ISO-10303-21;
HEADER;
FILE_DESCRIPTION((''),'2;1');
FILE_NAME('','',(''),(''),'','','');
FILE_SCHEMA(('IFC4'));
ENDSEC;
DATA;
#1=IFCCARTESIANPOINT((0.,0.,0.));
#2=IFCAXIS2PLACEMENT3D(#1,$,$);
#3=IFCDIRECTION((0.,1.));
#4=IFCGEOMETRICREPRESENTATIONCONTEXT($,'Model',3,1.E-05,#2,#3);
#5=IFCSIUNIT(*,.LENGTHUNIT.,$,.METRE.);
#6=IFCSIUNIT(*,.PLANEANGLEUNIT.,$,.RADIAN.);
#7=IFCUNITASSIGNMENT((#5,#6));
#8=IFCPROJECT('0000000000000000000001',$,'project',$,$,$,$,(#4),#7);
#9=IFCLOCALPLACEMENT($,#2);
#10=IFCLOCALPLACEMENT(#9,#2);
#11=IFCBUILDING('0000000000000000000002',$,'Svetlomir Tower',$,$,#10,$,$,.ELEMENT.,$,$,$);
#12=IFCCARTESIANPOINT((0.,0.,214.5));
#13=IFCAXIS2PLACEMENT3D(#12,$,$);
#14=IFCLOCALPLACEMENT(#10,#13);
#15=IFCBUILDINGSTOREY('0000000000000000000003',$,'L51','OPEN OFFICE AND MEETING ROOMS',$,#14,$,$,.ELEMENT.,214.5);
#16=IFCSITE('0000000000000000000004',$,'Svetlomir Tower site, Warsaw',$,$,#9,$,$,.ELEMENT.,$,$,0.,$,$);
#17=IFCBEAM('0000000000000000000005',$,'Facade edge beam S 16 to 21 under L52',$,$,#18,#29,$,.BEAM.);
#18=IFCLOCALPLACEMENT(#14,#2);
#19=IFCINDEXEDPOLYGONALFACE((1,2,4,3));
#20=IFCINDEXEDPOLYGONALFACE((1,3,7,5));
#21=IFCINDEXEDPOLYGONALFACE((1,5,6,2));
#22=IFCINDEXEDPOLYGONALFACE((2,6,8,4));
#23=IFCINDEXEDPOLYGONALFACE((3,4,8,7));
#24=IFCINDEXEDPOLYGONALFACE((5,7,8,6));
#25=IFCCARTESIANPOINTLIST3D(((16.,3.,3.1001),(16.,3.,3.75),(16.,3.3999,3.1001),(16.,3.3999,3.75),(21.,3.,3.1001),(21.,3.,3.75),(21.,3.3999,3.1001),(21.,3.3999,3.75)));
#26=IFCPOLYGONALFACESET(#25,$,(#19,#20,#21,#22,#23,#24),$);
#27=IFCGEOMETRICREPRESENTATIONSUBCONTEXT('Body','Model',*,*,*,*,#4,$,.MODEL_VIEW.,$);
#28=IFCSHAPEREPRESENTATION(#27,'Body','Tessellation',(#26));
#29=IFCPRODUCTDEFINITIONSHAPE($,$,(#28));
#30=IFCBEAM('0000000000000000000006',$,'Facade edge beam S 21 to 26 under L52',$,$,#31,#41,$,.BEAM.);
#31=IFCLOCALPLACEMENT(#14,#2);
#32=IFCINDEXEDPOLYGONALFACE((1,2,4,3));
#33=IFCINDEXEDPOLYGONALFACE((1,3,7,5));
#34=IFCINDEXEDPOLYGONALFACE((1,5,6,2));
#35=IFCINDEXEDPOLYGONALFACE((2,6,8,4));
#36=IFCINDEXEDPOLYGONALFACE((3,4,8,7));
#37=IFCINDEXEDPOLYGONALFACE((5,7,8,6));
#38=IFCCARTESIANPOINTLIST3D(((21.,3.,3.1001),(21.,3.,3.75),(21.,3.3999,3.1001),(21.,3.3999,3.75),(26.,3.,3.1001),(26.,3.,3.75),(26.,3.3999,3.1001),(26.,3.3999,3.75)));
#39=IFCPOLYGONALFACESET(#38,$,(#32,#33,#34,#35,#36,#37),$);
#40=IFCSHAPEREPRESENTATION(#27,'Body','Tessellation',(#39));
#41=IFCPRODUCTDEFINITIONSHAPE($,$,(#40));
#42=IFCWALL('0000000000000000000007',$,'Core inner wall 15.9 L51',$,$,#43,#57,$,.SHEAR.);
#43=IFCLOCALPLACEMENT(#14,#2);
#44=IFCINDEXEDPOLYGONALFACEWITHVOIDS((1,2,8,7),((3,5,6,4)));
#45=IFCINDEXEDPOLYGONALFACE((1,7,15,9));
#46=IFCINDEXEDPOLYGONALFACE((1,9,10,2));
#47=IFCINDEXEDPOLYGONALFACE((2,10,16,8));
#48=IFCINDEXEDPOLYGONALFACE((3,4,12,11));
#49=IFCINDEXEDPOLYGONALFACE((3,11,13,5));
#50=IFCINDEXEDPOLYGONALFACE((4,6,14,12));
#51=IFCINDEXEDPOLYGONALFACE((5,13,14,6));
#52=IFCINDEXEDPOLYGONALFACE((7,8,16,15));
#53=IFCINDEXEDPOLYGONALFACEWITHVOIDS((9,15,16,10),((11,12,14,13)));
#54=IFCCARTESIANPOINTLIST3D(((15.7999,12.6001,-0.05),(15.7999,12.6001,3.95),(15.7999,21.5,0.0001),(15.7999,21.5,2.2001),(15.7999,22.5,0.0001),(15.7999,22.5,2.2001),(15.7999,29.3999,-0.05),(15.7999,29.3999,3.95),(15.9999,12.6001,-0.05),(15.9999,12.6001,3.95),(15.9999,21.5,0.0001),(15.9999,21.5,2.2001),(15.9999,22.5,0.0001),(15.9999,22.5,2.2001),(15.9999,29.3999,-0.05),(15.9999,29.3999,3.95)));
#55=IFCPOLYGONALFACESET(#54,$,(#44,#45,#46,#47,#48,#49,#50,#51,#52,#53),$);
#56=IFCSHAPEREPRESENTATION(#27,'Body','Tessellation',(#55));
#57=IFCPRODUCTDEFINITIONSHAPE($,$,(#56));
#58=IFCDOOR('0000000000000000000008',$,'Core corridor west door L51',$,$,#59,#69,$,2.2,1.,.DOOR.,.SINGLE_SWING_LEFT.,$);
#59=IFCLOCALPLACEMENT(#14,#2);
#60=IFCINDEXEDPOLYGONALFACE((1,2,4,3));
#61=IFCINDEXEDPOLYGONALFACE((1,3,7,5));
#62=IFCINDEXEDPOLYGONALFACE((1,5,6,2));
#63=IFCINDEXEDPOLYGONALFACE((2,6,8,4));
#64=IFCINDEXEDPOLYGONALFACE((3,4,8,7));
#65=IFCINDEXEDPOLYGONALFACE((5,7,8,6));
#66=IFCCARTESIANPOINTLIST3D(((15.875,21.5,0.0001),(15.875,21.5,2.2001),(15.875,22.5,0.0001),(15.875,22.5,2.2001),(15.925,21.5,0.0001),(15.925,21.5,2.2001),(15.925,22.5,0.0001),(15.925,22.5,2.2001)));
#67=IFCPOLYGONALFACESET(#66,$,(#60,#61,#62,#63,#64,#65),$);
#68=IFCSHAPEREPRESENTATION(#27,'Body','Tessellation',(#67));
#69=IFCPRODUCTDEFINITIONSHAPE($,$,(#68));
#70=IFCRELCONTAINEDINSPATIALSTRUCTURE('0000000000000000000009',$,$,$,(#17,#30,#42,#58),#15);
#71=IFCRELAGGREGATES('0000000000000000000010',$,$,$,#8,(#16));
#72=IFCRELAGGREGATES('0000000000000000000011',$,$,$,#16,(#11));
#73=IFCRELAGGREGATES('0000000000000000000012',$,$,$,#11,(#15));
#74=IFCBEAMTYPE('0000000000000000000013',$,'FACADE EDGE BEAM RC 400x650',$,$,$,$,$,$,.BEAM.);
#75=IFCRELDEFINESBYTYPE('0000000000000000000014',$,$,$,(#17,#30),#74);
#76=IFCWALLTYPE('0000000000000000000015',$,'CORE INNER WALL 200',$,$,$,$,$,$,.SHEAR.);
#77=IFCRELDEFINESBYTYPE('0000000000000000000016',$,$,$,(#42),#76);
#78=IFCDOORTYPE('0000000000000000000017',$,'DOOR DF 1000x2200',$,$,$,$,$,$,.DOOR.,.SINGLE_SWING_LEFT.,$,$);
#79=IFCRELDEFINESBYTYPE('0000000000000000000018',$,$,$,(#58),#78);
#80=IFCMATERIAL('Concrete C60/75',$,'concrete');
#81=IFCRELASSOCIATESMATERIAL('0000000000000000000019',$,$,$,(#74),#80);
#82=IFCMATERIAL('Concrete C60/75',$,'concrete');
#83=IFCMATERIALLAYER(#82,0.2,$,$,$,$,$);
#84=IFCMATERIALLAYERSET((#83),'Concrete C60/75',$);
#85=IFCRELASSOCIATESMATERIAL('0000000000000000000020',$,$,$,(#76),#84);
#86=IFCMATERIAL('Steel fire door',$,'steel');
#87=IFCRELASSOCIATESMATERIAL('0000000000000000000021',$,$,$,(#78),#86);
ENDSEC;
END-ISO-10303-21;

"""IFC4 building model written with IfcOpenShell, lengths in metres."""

from ifc_helpers import new_model, si_unit, direction, frame, frame_2d, origin, origin_2d, place, context, subcontext, project, spatial, rectangle, extrude, material, layer, layer_set, material_profile, profile_set, type_object, element, fill, save


model = new_model("IFC4")

# Units and contexts
model_context = context("Model", 3, precision=1e-05, world=origin(), true_north=direction((0.0, 1.0)))
body_context = subcontext(model_context, "Body", "Model", "MODEL_VIEW")
ifc_project = project(units=[si_unit("LENGTHUNIT", "METRE"), si_unit("PLANEANGLEUNIT", "RADIAN")], contexts=[model_context])

# Site, building, storey
site_placement = place(None, origin())
site = spatial("IfcSite", under=ifc_project, at=site_placement, Name="Svetlomir Tower site, Warsaw", CompositionType="ELEMENT", RefElevation=0.0)
building_placement = place(site_placement, origin())
building = spatial("IfcBuilding", under=site, at=building_placement, Name="Svetlomir Tower", CompositionType="ELEMENT")
storey_placement = place(building_placement, frame((0.0, 0.0, 214.5)))
storey = spatial("IfcBuildingStorey", under=building, at=storey_placement, Name="L51", Description="OPEN OFFICE AND MEETING ROOMS", CompositionType="ELEMENT", Elevation=214.5)

# Beams
ifc_material_1 = material(Name="Concrete C60/75", Category="concrete")
ifc_material_profile = material_profile(ifc_material_1, rectangle(XDim=0.3999, YDim=0.6499, at=origin_2d()), Name="RC 400x650")
ifc_profile_set = profile_set([ifc_material_profile], Name="Concrete C60/75")
beam_type = type_object("IfcBeamType", Name="FACADE EDGE BEAM RC 400x650", PredefinedType="BEAM", material=ifc_profile_set)
for number, where, z_axis, x_axis, name in (
    (1, (16.0, 3.2, 3.425), (1.0, 0.0, 0.0), (0.0, 1.0, 0.0), "Facade edge beam S 16 to 21 under L52"),
    (2, (21.0, 3.2, 3.425), (1.0, 0.0, 0.0), (0.0, 1.0, 0.0), "Facade edge beam S 21 to 26 under L52"),
):
    element("IfcBeam", number, at=place(storey_placement, frame(where, z_axis=z_axis, x_axis=x_axis)), inside=storey, type_object=beam_type, Name=name, PredefinedType="BEAM", context=body_context, shape_type="SweptSolid", body=[
        extrude(rectangle(XDim=0.3999, YDim=0.6499, at=origin_2d()), origin(), (0.0, 0.0, 1.0), 5.0),
    ])

# Wall, opening, door
ifc_material_2 = material(Name="Concrete C60/75", Category="concrete")
ifc_layer_1 = layer(ifc_material_2, 0.2)
ifc_layer_set_1 = layer_set([ifc_layer_1], Name="Concrete C60/75")
wall_type_1 = type_object("IfcWallType", Name="CORE INNER WALL 200", PredefinedType="SHEAR", material=ifc_layer_set_1)
wall_1_placement = place(storey_placement, frame((15.8999, 12.6001, -0.05), z_axis=(0.0, 0.0, 1.0), x_axis=(0.0, 1.0, 0.0)))
wall_1 = element("IfcWall", 3, at=wall_1_placement, inside=storey, type_object=wall_type_1, Name="Core inner wall 15.9 L51", PredefinedType="SHEAR", context=body_context, shape_type="SweptSolid", body=[
    extrude(rectangle(XDim=16.7998, YDim=0.2, at=frame_2d((8.3999, 0.0))), origin(), (0.0, 0.0, 1.0), 4.0),
])
opening_1_placement = place(wall_1_placement, frame((8.8999, 0.0, 0.05)))
opening_1 = element("IfcOpeningElement", 4, at=opening_1_placement, cuts=wall_1, PredefinedType="OPENING", context=body_context, shape_type="SweptSolid", body=[
    extrude(rectangle(XDim=1.0, YDim=2.2, at=frame_2d((0.5, 1.1001))), frame((0.0, 0.1099, 0.0), z_axis=(0.0, -1.0, 0.0), x_axis=(1.0, 0.0, 0.0)), (0.0, 0.0, 1.0), 0.22),
])
ifc_material_3 = material(Name="Steel fire door", Category="steel")
door_type_1 = type_object("IfcDoorType", Name="DOOR DF 1000x2200", OperationType="SINGLE_SWING_LEFT", PredefinedType="DOOR", material=ifc_material_3)
door_1_placement = place(opening_1_placement, origin())
door_1 = element("IfcDoor", 5, at=door_1_placement, inside=storey, type_object=door_type_1, Name="Core corridor west door L51", OperationType="SINGLE_SWING_LEFT", OverallHeight=2.2, OverallWidth=1.0, PredefinedType="DOOR", context=body_context, shape_type="SweptSolid", body=[
    extrude(rectangle(XDim=1.0, YDim=2.2, at=frame_2d((0.5, 1.1001))), frame((0.0, 0.0249, 0.0), z_axis=(0.0, -1.0, 0.0), x_axis=(1.0, 0.0, 0.0)), (0.0, 0.0, 1.0), 0.05),
])
fill(opening_1, door_1)

save(model, "model.ifc")
